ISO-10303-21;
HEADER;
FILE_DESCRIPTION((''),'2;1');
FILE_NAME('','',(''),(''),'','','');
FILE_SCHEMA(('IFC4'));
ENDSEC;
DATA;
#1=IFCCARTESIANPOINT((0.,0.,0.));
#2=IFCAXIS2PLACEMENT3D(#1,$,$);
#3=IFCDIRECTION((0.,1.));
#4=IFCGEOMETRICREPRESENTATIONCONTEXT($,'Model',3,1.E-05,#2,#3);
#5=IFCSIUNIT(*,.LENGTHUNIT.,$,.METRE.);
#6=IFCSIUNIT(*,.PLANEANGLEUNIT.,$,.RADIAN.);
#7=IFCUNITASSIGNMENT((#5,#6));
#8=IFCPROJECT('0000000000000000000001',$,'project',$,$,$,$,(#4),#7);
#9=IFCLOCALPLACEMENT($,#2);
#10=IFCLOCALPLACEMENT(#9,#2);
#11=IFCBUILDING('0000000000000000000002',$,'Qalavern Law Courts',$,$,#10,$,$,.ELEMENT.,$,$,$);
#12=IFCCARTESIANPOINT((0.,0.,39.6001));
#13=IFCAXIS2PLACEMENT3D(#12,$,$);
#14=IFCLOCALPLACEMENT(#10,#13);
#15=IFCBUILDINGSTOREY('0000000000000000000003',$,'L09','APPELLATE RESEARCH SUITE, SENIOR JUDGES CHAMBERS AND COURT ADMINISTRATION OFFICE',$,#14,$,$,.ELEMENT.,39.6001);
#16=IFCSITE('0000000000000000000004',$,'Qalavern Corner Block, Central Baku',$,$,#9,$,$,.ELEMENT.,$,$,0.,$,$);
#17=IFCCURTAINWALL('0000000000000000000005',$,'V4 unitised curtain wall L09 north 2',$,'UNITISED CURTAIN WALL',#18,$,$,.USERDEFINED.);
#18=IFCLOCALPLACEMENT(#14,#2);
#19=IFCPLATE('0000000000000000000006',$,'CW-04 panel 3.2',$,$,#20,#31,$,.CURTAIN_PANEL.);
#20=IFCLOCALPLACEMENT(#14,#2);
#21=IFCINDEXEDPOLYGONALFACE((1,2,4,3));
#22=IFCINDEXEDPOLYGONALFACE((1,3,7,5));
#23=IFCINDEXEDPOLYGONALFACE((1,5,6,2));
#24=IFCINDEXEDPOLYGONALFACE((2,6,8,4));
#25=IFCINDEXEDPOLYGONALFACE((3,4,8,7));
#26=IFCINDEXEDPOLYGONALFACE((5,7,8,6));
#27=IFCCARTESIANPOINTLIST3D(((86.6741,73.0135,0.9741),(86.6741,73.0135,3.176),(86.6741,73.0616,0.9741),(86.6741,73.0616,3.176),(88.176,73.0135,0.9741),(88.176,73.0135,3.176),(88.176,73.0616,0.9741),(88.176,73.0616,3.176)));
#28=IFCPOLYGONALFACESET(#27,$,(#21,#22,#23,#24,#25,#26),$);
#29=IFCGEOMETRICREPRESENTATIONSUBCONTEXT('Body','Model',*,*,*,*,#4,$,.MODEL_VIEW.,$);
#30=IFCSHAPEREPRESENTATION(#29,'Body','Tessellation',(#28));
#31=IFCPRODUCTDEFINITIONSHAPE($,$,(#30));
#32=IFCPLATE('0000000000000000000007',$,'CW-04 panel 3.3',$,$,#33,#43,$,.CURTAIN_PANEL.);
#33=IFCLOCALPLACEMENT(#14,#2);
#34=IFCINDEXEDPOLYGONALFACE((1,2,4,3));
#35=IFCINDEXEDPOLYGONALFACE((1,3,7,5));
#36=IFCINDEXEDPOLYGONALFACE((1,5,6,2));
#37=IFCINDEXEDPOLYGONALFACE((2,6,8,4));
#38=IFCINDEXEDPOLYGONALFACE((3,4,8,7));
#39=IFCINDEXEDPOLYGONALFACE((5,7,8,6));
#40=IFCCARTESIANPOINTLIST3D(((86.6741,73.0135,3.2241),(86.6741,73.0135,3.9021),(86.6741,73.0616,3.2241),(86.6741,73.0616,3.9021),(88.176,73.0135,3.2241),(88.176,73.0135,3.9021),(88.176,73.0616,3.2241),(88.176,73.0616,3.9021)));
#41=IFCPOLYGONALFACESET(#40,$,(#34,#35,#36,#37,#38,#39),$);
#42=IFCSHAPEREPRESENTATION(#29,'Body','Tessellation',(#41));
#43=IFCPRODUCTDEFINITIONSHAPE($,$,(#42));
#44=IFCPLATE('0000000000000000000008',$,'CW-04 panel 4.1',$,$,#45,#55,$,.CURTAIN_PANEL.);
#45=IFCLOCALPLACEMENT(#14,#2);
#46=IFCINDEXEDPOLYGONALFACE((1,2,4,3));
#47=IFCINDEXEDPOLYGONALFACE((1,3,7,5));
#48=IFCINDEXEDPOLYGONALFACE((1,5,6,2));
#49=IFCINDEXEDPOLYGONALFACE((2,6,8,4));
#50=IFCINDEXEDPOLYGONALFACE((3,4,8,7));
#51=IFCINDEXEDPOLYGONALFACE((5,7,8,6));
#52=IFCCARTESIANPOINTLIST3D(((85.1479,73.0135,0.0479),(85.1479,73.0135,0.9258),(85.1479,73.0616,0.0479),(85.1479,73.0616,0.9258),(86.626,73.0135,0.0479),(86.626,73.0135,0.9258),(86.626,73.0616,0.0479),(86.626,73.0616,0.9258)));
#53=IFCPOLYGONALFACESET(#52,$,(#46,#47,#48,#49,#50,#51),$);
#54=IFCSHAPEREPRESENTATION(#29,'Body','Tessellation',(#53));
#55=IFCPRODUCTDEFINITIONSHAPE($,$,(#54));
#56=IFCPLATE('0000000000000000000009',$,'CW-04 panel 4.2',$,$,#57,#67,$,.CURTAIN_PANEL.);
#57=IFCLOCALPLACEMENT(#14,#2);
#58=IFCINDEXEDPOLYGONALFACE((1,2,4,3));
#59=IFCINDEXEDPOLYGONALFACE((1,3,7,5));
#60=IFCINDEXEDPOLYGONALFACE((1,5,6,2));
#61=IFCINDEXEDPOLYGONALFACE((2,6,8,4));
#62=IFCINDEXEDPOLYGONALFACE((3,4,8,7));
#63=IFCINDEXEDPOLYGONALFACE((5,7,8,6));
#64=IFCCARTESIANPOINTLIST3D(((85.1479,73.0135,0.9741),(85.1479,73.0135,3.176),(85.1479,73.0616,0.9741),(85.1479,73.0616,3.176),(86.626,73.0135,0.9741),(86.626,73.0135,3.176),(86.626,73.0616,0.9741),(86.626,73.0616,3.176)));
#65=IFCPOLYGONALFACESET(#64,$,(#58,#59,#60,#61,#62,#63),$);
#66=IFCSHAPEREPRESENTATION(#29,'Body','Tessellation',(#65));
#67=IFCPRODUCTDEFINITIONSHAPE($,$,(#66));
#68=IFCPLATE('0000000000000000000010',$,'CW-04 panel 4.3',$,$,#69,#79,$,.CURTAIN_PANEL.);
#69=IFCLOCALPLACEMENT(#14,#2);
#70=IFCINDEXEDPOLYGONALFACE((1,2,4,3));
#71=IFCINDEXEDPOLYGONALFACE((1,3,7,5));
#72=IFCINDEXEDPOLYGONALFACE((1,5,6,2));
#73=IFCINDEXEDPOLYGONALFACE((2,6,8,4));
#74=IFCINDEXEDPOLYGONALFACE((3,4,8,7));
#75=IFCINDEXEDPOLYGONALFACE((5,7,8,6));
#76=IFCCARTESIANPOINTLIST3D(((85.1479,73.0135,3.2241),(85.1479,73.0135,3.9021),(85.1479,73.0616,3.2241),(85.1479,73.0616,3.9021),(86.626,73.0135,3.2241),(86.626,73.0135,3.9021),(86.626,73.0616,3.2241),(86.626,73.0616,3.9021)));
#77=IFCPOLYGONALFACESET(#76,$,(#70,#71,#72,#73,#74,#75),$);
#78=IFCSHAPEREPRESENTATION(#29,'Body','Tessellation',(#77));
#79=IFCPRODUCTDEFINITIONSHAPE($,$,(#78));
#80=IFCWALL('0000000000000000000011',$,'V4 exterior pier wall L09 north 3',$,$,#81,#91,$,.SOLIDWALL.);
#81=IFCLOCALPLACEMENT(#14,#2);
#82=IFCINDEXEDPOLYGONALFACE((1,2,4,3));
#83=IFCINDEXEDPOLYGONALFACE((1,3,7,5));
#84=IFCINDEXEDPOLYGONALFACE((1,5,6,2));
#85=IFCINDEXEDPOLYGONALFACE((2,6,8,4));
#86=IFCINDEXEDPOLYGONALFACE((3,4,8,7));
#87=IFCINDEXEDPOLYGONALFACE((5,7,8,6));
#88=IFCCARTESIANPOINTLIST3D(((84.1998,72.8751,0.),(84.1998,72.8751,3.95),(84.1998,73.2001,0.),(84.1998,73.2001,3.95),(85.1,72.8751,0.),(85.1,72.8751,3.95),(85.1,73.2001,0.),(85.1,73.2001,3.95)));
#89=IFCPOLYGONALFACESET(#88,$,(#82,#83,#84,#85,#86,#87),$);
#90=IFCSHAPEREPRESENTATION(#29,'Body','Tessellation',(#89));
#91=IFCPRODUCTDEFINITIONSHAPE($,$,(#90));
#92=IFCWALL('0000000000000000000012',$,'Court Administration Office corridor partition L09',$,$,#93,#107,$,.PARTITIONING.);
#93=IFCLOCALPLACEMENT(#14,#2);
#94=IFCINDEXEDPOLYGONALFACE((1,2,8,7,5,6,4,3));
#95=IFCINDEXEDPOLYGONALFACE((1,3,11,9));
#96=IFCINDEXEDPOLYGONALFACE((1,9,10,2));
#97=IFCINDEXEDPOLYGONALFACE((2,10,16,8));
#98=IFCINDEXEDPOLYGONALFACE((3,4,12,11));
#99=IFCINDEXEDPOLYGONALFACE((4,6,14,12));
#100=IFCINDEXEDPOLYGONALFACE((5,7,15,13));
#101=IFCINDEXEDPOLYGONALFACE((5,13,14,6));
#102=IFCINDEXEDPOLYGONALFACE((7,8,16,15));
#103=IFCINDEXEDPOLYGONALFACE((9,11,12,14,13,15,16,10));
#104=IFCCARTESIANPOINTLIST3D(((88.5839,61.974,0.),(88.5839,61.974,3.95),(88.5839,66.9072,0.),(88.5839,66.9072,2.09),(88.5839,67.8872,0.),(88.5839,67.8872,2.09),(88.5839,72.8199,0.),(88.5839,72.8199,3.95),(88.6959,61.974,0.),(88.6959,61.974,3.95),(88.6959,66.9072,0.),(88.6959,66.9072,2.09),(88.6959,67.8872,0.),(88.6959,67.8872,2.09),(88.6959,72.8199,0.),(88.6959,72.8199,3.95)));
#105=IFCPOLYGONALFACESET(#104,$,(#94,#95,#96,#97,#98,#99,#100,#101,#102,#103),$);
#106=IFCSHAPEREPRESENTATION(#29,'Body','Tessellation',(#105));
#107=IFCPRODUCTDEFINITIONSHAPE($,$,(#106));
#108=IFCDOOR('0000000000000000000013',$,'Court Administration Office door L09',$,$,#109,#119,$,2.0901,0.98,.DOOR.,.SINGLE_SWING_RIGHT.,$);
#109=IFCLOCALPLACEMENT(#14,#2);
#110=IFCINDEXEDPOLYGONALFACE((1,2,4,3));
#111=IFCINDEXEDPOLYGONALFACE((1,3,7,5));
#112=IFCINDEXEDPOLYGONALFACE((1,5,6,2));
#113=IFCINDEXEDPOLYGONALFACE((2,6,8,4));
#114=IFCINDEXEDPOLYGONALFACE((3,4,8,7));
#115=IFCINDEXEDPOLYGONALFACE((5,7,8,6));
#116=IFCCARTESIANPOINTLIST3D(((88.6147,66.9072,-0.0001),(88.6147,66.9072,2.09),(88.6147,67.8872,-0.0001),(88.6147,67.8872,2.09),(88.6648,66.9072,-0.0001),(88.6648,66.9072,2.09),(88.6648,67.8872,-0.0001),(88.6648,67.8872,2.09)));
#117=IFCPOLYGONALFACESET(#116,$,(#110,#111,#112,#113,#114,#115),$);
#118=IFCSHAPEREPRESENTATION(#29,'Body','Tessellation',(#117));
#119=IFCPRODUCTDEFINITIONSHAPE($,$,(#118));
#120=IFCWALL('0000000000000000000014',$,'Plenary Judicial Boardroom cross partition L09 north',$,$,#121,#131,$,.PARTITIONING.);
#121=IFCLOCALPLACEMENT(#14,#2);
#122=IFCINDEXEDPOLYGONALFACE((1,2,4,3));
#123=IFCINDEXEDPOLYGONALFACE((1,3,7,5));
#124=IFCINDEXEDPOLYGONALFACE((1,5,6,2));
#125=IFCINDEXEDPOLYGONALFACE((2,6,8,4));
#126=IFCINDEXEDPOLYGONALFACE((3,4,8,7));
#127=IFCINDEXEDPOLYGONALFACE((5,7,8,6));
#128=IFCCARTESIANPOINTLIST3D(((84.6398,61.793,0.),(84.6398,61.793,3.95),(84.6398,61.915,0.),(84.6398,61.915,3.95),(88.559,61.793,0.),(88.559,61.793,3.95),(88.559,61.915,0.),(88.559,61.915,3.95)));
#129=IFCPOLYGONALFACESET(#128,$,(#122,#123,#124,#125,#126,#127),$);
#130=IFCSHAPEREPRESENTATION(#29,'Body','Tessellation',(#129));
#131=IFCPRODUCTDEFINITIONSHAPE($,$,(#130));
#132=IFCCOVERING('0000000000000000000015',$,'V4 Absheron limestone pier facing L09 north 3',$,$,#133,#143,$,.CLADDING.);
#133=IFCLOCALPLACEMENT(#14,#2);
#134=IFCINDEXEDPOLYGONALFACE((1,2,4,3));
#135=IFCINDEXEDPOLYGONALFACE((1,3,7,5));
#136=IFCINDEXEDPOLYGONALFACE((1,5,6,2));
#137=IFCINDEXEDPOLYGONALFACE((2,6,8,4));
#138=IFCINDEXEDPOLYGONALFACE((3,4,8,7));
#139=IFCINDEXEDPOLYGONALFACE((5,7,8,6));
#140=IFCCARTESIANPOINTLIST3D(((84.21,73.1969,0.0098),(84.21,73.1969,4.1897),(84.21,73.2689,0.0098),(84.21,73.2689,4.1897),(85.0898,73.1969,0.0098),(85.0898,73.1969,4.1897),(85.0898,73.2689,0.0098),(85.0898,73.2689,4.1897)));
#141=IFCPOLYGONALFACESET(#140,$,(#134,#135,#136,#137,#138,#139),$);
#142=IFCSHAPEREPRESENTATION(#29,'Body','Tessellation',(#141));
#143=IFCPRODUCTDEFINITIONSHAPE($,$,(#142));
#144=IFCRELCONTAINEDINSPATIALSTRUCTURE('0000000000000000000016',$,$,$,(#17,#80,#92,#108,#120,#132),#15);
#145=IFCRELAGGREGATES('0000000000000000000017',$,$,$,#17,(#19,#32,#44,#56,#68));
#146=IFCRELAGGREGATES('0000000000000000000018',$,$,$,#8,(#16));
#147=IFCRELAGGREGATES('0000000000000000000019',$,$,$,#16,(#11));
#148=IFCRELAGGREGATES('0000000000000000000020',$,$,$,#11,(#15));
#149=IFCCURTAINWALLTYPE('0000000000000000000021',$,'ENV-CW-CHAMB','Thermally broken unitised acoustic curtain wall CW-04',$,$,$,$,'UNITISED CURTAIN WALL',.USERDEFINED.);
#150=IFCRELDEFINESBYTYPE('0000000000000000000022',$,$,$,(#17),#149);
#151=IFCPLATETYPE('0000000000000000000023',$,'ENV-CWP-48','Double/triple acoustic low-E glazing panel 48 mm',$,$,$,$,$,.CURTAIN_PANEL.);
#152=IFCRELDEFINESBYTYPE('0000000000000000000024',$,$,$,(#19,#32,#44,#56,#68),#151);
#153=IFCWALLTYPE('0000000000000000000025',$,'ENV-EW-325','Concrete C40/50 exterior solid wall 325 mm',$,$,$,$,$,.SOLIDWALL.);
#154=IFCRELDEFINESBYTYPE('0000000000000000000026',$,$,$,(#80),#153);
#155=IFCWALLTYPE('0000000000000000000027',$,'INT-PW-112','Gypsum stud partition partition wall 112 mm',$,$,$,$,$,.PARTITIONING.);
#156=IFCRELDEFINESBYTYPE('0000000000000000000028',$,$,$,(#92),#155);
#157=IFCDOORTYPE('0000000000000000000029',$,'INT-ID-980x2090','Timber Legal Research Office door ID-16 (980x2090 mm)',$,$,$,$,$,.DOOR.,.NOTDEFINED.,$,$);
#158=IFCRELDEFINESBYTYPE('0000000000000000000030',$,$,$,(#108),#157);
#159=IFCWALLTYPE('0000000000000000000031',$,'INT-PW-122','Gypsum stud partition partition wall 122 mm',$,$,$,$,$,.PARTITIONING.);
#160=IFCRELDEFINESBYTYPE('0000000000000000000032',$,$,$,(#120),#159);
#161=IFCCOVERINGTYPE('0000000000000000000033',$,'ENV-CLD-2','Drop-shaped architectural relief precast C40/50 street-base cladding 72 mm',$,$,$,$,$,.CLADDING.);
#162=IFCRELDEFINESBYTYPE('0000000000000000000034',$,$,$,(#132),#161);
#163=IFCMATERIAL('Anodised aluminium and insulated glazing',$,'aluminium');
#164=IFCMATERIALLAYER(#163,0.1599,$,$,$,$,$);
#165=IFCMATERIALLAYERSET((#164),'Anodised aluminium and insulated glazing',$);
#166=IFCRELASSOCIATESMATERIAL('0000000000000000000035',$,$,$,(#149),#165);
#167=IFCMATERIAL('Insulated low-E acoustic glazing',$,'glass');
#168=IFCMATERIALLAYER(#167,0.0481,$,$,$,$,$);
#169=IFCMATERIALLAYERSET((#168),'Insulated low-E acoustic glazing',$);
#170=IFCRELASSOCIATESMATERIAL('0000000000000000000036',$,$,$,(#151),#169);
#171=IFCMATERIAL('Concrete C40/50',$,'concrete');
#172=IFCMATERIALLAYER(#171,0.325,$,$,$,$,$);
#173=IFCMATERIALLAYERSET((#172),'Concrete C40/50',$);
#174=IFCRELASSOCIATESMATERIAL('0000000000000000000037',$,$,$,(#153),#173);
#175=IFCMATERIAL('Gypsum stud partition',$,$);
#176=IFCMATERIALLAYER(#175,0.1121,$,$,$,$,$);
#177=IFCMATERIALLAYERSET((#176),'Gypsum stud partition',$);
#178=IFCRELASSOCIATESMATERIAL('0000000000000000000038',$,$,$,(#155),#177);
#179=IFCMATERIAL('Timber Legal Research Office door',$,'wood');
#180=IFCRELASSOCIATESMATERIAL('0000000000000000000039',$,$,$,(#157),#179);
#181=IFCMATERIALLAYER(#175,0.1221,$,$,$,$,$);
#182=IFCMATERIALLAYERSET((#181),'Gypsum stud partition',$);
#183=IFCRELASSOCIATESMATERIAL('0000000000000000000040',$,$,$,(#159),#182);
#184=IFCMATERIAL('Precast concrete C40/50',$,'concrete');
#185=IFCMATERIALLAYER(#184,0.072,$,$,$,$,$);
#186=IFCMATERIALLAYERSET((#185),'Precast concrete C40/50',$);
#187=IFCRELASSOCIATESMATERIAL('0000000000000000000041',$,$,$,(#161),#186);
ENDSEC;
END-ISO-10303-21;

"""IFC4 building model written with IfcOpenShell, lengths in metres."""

from ifc_helpers import new_model, si_unit, direction, frame, frame_2d, origin, origin_2d, place, context, subcontext, project, spatial, rectangle, extrude, material, layer, layer_set, type_object, element, fill, aggregate, save


model = new_model("IFC4")

# Units and contexts
model_context = context("Model", 3, precision=1e-05, world=origin(), true_north=direction((0.0, 1.0)))
body_context = subcontext(model_context, "Body", "Model", "MODEL_VIEW")
ifc_project = project(units=[si_unit("LENGTHUNIT", "METRE"), si_unit("PLANEANGLEUNIT", "RADIAN")], contexts=[model_context])

# Site, building, storey
site_placement = place(None, origin())
site = spatial("IfcSite", under=ifc_project, at=site_placement, Name="Qalavern Corner Block, Central Baku", CompositionType="ELEMENT", RefElevation=0.0)
building_placement = place(site_placement, origin())
building = spatial("IfcBuilding", under=site, at=building_placement, Name="Qalavern Law Courts", CompositionType="ELEMENT")
storey_placement = place(building_placement, frame((0.0, 0.0, 39.6001)))
storey = spatial("IfcBuildingStorey", under=building, at=storey_placement, Name="L09", Description="APPELLATE RESEARCH SUITE, SENIOR JUDGES CHAMBERS AND COURT ADMINISTRATION OFFICE", CompositionType="ELEMENT", Elevation=39.6001)

# Curtain wall
ifc_material_1 = material(Name="Anodised aluminium and insulated glazing", Category="aluminium")
ifc_layer_1 = layer(ifc_material_1, 0.1599)
ifc_layer_set_1 = layer_set([ifc_layer_1], Name="Anodised aluminium and insulated glazing")
curtain_wall_type = type_object("IfcCurtainWallType", Name="ENV-CW-CHAMB", Description="Thermally broken unitised acoustic curtain wall CW-04", ElementType="UNITISED CURTAIN WALL", PredefinedType="USERDEFINED", material=ifc_layer_set_1)
curtain_wall_placement = place(storey_placement, origin())
curtain_wall = element("IfcCurtainWall", 1, at=curtain_wall_placement, inside=storey, type_object=curtain_wall_type, Name="V4 unitised curtain wall L09 north 2", ObjectType="UNITISED CURTAIN WALL", PredefinedType="USERDEFINED")

# Shared definitions
ifc_material_2 = material(Name="Concrete C40/50", Category="concrete")

# Plates
ifc_material_3 = material(Name="Insulated low-E acoustic glazing", Category="glass")
ifc_layer_2 = layer(ifc_material_3, 0.0481)
ifc_layer_set_2 = layer_set([ifc_layer_2], Name="Insulated low-E acoustic glazing")
plate_type = type_object("IfcPlateType", Name="ENV-CWP-48", Description="Double/triple acoustic low-E glazing panel 48 mm", PredefinedType="CURTAIN_PANEL", material=ifc_layer_set_2)
plate_1_placement = place(storey_placement, frame((87.425, 73.0376, 0.9741), z_axis=(0.0, 0.0, 1.0), x_axis=(-1.0, 0.0, 0.0)))
plate_1 = element("IfcPlate", 2, at=plate_1_placement, type_object=plate_type, Name="CW-04 panel 3.2", PredefinedType="CURTAIN_PANEL", context=body_context, shape_type="SweptSolid", body=[
    extrude(rectangle(XDim=1.502, YDim=0.0481, at=origin_2d()), origin(), (0.0, 0.0, 1.0), 2.2019),
])
plate_2_placement = place(storey_placement, frame((87.425, 73.0376, 3.2241), z_axis=(0.0, 0.0, 1.0), x_axis=(-1.0, 0.0, 0.0)))
plate_2 = element("IfcPlate", 3, at=plate_2_placement, type_object=plate_type, Name="CW-04 panel 3.3", PredefinedType="CURTAIN_PANEL", context=body_context, shape_type="SweptSolid", body=[
    extrude(rectangle(XDim=1.502, YDim=0.0481, at=origin_2d()), origin(), (0.0, 0.0, 1.0), 0.678),
])
plate_3_placement = place(storey_placement, frame((85.887, 73.0376, 0.0479), z_axis=(0.0, 0.0, 1.0), x_axis=(-1.0, 0.0, 0.0)))
plate_3 = element("IfcPlate", 4, at=plate_3_placement, type_object=plate_type, Name="CW-04 panel 4.1", PredefinedType="CURTAIN_PANEL", context=body_context, shape_type="SweptSolid", body=[
    extrude(rectangle(XDim=1.478, YDim=0.0481, at=origin_2d()), origin(), (0.0, 0.0, 1.0), 0.8779),
])
plate_4_placement = place(storey_placement, frame((85.887, 73.0376, 0.9741), z_axis=(0.0, 0.0, 1.0), x_axis=(-1.0, 0.0, 0.0)))
plate_4 = element("IfcPlate", 5, at=plate_4_placement, type_object=plate_type, Name="CW-04 panel 4.2", PredefinedType="CURTAIN_PANEL", context=body_context, shape_type="SweptSolid", body=[
    extrude(rectangle(XDim=1.478, YDim=0.0481, at=origin_2d()), origin(), (0.0, 0.0, 1.0), 2.2019),
])
plate_5_placement = place(storey_placement, frame((85.887, 73.0376, 3.2241), z_axis=(0.0, 0.0, 1.0), x_axis=(-1.0, 0.0, 0.0)))
plate_5 = element("IfcPlate", 6, at=plate_5_placement, type_object=plate_type, Name="CW-04 panel 4.3", PredefinedType="CURTAIN_PANEL", context=body_context, shape_type="SweptSolid", body=[
    extrude(rectangle(XDim=1.478, YDim=0.0481, at=origin_2d()), origin(), (0.0, 0.0, 1.0), 0.678),
])
aggregate(curtain_wall, [plate_1, plate_2, plate_3, plate_4, plate_5])

# Wall
ifc_layer_3 = layer(ifc_material_2, 0.325)
ifc_layer_set_3 = layer_set([ifc_layer_3], Name="Concrete C40/50")
wall_type_1 = type_object("IfcWallType", Name="ENV-EW-325", Description="Concrete C40/50 exterior solid wall 325 mm", PredefinedType="SOLIDWALL", material=ifc_layer_set_3)
wall_1_placement = place(storey_placement, frame((85.1001, 73.0376, 0.0), z_axis=(0.0, 0.0, 1.0), x_axis=(-1.0, 0.0, 0.0)))
element("IfcWall", 7, at=wall_1_placement, inside=storey, type_object=wall_type_1, Name="V4 exterior pier wall L09 north 3", PredefinedType="SOLIDWALL", context=body_context, shape_type="SweptSolid", body=[
    extrude(rectangle(XDim=0.9001, YDim=0.325, at=frame_2d((0.4502, 0.0))), origin(), (0.0, 0.0, 1.0), 3.95),
])

# Wall, opening, door
ifc_material_4 = material(Name="Gypsum stud partition")
ifc_layer_4 = layer(ifc_material_4, 0.1121)
ifc_layer_set_4 = layer_set([ifc_layer_4], Name="Gypsum stud partition")
wall_type_2 = type_object("IfcWallType", Name="INT-PW-112", Description="Gypsum stud partition partition wall 112 mm", PredefinedType="PARTITIONING", material=ifc_layer_set_4)
wall_2_placement = place(storey_placement, frame((88.6399, 61.9741, 0.0), z_axis=(0.0, 0.0, 1.0), x_axis=(0.0, 1.0, 0.0)))
wall_2 = element("IfcWall", 8, at=wall_2_placement, inside=storey, type_object=wall_type_2, Name="Court Administration Office corridor partition L09", PredefinedType="PARTITIONING", context=body_context, shape_type="SweptSolid", body=[
    extrude(rectangle(XDim=10.8459, YDim=0.1121, at=frame_2d((5.4229, 0.0))), origin(), (0.0, 0.0, 1.0), 3.95),
])
opening_placement = place(wall_2_placement, frame((4.9331, 0.0, 0.0)))
opening = element("IfcOpeningElement", 9, at=opening_placement, cuts=wall_2, PredefinedType="OPENING", context=body_context, shape_type="SweptSolid", body=[
    extrude(rectangle(XDim=0.98, YDim=2.0901, at=frame_2d((0.49, 1.0449))), frame((0.0, 0.0708, 0.0), z_axis=(0.0, -1.0, 0.0), x_axis=(1.0, 0.0, 0.0)), (0.0, 0.0, 1.0), 0.1418),
])
ifc_material_5 = material(Name="Timber Legal Research Office door", Category="wood")
door_type = type_object("IfcDoorType", Name="INT-ID-980x2090", Description="Timber Legal Research Office door ID-16 (980x2090 mm)", OperationType="NOTDEFINED", PredefinedType="DOOR", material=ifc_material_5)
door_placement = place(opening_placement, frame((0.98, 0.0, 0.0), z_axis=(0.0, 0.0, 1.0), x_axis=(-1.0, 0.0, 0.0)))
door = element("IfcDoor", 10, at=door_placement, inside=storey, type_object=door_type, Name="Court Administration Office door L09", OperationType="SINGLE_SWING_RIGHT", OverallHeight=2.0901, OverallWidth=0.98, PredefinedType="DOOR", context=body_context, shape_type="SweptSolid", body=[
    extrude(rectangle(XDim=0.98, YDim=2.0901, at=frame_2d((0.49, 1.0449))), frame((0.0, 0.0249, 0.0), z_axis=(0.0, -1.0, 0.0), x_axis=(1.0, 0.0, 0.0)), (0.0, 0.0, 1.0), 0.05),
])
fill(opening, door)

# Wall
ifc_layer_5 = layer(ifc_material_4, 0.1221)
ifc_layer_set_5 = layer_set([ifc_layer_5], Name="Gypsum stud partition")
wall_type_3 = type_object("IfcWallType", Name="INT-PW-122", Description="Gypsum stud partition partition wall 122 mm", PredefinedType="PARTITIONING", material=ifc_layer_set_5)
wall_3_placement = place(storey_placement, frame((84.6399, 61.854, 0.0), z_axis=(0.0, 0.0, 1.0), x_axis=(1.0, 0.0, 0.0)))
element("IfcWall", 11, at=wall_3_placement, inside=storey, type_object=wall_type_3, Name="Plenary Judicial Boardroom cross partition L09 north", PredefinedType="PARTITIONING", context=body_context, shape_type="SweptSolid", body=[
    extrude(rectangle(XDim=3.9192, YDim=0.1221, at=frame_2d((1.9595, 0.0))), origin(), (0.0, 0.0, 1.0), 3.95),
])

# Covering
ifc_material_6 = material(Name="Precast concrete C40/50", Category="concrete")
ifc_layer_6 = layer(ifc_material_6, 0.072)
ifc_layer_set_6 = layer_set([ifc_layer_6], Name="Precast concrete C40/50")
covering_type = type_object("IfcCoveringType", Name="ENV-CLD-2", Description="Drop-shaped architectural relief precast C40/50 street-base cladding 72 mm", PredefinedType="CLADDING", material=ifc_layer_set_6)
covering_placement = place(storey_placement, frame((84.6499, 73.2329, 0.0098), z_axis=(0.0, 0.0, 1.0), x_axis=(-1.0, 0.0, 0.0)))
element("IfcCovering", 12, at=covering_placement, inside=storey, type_object=covering_type, Name="V4 Absheron limestone pier facing L09 north 3", PredefinedType="CLADDING", context=body_context, shape_type="SweptSolid", body=[
    extrude(rectangle(XDim=0.8799, YDim=0.072, at=origin_2d()), origin(), (0.0, 0.0, 1.0), 4.1799),
])

save(model, "model.ifc")
